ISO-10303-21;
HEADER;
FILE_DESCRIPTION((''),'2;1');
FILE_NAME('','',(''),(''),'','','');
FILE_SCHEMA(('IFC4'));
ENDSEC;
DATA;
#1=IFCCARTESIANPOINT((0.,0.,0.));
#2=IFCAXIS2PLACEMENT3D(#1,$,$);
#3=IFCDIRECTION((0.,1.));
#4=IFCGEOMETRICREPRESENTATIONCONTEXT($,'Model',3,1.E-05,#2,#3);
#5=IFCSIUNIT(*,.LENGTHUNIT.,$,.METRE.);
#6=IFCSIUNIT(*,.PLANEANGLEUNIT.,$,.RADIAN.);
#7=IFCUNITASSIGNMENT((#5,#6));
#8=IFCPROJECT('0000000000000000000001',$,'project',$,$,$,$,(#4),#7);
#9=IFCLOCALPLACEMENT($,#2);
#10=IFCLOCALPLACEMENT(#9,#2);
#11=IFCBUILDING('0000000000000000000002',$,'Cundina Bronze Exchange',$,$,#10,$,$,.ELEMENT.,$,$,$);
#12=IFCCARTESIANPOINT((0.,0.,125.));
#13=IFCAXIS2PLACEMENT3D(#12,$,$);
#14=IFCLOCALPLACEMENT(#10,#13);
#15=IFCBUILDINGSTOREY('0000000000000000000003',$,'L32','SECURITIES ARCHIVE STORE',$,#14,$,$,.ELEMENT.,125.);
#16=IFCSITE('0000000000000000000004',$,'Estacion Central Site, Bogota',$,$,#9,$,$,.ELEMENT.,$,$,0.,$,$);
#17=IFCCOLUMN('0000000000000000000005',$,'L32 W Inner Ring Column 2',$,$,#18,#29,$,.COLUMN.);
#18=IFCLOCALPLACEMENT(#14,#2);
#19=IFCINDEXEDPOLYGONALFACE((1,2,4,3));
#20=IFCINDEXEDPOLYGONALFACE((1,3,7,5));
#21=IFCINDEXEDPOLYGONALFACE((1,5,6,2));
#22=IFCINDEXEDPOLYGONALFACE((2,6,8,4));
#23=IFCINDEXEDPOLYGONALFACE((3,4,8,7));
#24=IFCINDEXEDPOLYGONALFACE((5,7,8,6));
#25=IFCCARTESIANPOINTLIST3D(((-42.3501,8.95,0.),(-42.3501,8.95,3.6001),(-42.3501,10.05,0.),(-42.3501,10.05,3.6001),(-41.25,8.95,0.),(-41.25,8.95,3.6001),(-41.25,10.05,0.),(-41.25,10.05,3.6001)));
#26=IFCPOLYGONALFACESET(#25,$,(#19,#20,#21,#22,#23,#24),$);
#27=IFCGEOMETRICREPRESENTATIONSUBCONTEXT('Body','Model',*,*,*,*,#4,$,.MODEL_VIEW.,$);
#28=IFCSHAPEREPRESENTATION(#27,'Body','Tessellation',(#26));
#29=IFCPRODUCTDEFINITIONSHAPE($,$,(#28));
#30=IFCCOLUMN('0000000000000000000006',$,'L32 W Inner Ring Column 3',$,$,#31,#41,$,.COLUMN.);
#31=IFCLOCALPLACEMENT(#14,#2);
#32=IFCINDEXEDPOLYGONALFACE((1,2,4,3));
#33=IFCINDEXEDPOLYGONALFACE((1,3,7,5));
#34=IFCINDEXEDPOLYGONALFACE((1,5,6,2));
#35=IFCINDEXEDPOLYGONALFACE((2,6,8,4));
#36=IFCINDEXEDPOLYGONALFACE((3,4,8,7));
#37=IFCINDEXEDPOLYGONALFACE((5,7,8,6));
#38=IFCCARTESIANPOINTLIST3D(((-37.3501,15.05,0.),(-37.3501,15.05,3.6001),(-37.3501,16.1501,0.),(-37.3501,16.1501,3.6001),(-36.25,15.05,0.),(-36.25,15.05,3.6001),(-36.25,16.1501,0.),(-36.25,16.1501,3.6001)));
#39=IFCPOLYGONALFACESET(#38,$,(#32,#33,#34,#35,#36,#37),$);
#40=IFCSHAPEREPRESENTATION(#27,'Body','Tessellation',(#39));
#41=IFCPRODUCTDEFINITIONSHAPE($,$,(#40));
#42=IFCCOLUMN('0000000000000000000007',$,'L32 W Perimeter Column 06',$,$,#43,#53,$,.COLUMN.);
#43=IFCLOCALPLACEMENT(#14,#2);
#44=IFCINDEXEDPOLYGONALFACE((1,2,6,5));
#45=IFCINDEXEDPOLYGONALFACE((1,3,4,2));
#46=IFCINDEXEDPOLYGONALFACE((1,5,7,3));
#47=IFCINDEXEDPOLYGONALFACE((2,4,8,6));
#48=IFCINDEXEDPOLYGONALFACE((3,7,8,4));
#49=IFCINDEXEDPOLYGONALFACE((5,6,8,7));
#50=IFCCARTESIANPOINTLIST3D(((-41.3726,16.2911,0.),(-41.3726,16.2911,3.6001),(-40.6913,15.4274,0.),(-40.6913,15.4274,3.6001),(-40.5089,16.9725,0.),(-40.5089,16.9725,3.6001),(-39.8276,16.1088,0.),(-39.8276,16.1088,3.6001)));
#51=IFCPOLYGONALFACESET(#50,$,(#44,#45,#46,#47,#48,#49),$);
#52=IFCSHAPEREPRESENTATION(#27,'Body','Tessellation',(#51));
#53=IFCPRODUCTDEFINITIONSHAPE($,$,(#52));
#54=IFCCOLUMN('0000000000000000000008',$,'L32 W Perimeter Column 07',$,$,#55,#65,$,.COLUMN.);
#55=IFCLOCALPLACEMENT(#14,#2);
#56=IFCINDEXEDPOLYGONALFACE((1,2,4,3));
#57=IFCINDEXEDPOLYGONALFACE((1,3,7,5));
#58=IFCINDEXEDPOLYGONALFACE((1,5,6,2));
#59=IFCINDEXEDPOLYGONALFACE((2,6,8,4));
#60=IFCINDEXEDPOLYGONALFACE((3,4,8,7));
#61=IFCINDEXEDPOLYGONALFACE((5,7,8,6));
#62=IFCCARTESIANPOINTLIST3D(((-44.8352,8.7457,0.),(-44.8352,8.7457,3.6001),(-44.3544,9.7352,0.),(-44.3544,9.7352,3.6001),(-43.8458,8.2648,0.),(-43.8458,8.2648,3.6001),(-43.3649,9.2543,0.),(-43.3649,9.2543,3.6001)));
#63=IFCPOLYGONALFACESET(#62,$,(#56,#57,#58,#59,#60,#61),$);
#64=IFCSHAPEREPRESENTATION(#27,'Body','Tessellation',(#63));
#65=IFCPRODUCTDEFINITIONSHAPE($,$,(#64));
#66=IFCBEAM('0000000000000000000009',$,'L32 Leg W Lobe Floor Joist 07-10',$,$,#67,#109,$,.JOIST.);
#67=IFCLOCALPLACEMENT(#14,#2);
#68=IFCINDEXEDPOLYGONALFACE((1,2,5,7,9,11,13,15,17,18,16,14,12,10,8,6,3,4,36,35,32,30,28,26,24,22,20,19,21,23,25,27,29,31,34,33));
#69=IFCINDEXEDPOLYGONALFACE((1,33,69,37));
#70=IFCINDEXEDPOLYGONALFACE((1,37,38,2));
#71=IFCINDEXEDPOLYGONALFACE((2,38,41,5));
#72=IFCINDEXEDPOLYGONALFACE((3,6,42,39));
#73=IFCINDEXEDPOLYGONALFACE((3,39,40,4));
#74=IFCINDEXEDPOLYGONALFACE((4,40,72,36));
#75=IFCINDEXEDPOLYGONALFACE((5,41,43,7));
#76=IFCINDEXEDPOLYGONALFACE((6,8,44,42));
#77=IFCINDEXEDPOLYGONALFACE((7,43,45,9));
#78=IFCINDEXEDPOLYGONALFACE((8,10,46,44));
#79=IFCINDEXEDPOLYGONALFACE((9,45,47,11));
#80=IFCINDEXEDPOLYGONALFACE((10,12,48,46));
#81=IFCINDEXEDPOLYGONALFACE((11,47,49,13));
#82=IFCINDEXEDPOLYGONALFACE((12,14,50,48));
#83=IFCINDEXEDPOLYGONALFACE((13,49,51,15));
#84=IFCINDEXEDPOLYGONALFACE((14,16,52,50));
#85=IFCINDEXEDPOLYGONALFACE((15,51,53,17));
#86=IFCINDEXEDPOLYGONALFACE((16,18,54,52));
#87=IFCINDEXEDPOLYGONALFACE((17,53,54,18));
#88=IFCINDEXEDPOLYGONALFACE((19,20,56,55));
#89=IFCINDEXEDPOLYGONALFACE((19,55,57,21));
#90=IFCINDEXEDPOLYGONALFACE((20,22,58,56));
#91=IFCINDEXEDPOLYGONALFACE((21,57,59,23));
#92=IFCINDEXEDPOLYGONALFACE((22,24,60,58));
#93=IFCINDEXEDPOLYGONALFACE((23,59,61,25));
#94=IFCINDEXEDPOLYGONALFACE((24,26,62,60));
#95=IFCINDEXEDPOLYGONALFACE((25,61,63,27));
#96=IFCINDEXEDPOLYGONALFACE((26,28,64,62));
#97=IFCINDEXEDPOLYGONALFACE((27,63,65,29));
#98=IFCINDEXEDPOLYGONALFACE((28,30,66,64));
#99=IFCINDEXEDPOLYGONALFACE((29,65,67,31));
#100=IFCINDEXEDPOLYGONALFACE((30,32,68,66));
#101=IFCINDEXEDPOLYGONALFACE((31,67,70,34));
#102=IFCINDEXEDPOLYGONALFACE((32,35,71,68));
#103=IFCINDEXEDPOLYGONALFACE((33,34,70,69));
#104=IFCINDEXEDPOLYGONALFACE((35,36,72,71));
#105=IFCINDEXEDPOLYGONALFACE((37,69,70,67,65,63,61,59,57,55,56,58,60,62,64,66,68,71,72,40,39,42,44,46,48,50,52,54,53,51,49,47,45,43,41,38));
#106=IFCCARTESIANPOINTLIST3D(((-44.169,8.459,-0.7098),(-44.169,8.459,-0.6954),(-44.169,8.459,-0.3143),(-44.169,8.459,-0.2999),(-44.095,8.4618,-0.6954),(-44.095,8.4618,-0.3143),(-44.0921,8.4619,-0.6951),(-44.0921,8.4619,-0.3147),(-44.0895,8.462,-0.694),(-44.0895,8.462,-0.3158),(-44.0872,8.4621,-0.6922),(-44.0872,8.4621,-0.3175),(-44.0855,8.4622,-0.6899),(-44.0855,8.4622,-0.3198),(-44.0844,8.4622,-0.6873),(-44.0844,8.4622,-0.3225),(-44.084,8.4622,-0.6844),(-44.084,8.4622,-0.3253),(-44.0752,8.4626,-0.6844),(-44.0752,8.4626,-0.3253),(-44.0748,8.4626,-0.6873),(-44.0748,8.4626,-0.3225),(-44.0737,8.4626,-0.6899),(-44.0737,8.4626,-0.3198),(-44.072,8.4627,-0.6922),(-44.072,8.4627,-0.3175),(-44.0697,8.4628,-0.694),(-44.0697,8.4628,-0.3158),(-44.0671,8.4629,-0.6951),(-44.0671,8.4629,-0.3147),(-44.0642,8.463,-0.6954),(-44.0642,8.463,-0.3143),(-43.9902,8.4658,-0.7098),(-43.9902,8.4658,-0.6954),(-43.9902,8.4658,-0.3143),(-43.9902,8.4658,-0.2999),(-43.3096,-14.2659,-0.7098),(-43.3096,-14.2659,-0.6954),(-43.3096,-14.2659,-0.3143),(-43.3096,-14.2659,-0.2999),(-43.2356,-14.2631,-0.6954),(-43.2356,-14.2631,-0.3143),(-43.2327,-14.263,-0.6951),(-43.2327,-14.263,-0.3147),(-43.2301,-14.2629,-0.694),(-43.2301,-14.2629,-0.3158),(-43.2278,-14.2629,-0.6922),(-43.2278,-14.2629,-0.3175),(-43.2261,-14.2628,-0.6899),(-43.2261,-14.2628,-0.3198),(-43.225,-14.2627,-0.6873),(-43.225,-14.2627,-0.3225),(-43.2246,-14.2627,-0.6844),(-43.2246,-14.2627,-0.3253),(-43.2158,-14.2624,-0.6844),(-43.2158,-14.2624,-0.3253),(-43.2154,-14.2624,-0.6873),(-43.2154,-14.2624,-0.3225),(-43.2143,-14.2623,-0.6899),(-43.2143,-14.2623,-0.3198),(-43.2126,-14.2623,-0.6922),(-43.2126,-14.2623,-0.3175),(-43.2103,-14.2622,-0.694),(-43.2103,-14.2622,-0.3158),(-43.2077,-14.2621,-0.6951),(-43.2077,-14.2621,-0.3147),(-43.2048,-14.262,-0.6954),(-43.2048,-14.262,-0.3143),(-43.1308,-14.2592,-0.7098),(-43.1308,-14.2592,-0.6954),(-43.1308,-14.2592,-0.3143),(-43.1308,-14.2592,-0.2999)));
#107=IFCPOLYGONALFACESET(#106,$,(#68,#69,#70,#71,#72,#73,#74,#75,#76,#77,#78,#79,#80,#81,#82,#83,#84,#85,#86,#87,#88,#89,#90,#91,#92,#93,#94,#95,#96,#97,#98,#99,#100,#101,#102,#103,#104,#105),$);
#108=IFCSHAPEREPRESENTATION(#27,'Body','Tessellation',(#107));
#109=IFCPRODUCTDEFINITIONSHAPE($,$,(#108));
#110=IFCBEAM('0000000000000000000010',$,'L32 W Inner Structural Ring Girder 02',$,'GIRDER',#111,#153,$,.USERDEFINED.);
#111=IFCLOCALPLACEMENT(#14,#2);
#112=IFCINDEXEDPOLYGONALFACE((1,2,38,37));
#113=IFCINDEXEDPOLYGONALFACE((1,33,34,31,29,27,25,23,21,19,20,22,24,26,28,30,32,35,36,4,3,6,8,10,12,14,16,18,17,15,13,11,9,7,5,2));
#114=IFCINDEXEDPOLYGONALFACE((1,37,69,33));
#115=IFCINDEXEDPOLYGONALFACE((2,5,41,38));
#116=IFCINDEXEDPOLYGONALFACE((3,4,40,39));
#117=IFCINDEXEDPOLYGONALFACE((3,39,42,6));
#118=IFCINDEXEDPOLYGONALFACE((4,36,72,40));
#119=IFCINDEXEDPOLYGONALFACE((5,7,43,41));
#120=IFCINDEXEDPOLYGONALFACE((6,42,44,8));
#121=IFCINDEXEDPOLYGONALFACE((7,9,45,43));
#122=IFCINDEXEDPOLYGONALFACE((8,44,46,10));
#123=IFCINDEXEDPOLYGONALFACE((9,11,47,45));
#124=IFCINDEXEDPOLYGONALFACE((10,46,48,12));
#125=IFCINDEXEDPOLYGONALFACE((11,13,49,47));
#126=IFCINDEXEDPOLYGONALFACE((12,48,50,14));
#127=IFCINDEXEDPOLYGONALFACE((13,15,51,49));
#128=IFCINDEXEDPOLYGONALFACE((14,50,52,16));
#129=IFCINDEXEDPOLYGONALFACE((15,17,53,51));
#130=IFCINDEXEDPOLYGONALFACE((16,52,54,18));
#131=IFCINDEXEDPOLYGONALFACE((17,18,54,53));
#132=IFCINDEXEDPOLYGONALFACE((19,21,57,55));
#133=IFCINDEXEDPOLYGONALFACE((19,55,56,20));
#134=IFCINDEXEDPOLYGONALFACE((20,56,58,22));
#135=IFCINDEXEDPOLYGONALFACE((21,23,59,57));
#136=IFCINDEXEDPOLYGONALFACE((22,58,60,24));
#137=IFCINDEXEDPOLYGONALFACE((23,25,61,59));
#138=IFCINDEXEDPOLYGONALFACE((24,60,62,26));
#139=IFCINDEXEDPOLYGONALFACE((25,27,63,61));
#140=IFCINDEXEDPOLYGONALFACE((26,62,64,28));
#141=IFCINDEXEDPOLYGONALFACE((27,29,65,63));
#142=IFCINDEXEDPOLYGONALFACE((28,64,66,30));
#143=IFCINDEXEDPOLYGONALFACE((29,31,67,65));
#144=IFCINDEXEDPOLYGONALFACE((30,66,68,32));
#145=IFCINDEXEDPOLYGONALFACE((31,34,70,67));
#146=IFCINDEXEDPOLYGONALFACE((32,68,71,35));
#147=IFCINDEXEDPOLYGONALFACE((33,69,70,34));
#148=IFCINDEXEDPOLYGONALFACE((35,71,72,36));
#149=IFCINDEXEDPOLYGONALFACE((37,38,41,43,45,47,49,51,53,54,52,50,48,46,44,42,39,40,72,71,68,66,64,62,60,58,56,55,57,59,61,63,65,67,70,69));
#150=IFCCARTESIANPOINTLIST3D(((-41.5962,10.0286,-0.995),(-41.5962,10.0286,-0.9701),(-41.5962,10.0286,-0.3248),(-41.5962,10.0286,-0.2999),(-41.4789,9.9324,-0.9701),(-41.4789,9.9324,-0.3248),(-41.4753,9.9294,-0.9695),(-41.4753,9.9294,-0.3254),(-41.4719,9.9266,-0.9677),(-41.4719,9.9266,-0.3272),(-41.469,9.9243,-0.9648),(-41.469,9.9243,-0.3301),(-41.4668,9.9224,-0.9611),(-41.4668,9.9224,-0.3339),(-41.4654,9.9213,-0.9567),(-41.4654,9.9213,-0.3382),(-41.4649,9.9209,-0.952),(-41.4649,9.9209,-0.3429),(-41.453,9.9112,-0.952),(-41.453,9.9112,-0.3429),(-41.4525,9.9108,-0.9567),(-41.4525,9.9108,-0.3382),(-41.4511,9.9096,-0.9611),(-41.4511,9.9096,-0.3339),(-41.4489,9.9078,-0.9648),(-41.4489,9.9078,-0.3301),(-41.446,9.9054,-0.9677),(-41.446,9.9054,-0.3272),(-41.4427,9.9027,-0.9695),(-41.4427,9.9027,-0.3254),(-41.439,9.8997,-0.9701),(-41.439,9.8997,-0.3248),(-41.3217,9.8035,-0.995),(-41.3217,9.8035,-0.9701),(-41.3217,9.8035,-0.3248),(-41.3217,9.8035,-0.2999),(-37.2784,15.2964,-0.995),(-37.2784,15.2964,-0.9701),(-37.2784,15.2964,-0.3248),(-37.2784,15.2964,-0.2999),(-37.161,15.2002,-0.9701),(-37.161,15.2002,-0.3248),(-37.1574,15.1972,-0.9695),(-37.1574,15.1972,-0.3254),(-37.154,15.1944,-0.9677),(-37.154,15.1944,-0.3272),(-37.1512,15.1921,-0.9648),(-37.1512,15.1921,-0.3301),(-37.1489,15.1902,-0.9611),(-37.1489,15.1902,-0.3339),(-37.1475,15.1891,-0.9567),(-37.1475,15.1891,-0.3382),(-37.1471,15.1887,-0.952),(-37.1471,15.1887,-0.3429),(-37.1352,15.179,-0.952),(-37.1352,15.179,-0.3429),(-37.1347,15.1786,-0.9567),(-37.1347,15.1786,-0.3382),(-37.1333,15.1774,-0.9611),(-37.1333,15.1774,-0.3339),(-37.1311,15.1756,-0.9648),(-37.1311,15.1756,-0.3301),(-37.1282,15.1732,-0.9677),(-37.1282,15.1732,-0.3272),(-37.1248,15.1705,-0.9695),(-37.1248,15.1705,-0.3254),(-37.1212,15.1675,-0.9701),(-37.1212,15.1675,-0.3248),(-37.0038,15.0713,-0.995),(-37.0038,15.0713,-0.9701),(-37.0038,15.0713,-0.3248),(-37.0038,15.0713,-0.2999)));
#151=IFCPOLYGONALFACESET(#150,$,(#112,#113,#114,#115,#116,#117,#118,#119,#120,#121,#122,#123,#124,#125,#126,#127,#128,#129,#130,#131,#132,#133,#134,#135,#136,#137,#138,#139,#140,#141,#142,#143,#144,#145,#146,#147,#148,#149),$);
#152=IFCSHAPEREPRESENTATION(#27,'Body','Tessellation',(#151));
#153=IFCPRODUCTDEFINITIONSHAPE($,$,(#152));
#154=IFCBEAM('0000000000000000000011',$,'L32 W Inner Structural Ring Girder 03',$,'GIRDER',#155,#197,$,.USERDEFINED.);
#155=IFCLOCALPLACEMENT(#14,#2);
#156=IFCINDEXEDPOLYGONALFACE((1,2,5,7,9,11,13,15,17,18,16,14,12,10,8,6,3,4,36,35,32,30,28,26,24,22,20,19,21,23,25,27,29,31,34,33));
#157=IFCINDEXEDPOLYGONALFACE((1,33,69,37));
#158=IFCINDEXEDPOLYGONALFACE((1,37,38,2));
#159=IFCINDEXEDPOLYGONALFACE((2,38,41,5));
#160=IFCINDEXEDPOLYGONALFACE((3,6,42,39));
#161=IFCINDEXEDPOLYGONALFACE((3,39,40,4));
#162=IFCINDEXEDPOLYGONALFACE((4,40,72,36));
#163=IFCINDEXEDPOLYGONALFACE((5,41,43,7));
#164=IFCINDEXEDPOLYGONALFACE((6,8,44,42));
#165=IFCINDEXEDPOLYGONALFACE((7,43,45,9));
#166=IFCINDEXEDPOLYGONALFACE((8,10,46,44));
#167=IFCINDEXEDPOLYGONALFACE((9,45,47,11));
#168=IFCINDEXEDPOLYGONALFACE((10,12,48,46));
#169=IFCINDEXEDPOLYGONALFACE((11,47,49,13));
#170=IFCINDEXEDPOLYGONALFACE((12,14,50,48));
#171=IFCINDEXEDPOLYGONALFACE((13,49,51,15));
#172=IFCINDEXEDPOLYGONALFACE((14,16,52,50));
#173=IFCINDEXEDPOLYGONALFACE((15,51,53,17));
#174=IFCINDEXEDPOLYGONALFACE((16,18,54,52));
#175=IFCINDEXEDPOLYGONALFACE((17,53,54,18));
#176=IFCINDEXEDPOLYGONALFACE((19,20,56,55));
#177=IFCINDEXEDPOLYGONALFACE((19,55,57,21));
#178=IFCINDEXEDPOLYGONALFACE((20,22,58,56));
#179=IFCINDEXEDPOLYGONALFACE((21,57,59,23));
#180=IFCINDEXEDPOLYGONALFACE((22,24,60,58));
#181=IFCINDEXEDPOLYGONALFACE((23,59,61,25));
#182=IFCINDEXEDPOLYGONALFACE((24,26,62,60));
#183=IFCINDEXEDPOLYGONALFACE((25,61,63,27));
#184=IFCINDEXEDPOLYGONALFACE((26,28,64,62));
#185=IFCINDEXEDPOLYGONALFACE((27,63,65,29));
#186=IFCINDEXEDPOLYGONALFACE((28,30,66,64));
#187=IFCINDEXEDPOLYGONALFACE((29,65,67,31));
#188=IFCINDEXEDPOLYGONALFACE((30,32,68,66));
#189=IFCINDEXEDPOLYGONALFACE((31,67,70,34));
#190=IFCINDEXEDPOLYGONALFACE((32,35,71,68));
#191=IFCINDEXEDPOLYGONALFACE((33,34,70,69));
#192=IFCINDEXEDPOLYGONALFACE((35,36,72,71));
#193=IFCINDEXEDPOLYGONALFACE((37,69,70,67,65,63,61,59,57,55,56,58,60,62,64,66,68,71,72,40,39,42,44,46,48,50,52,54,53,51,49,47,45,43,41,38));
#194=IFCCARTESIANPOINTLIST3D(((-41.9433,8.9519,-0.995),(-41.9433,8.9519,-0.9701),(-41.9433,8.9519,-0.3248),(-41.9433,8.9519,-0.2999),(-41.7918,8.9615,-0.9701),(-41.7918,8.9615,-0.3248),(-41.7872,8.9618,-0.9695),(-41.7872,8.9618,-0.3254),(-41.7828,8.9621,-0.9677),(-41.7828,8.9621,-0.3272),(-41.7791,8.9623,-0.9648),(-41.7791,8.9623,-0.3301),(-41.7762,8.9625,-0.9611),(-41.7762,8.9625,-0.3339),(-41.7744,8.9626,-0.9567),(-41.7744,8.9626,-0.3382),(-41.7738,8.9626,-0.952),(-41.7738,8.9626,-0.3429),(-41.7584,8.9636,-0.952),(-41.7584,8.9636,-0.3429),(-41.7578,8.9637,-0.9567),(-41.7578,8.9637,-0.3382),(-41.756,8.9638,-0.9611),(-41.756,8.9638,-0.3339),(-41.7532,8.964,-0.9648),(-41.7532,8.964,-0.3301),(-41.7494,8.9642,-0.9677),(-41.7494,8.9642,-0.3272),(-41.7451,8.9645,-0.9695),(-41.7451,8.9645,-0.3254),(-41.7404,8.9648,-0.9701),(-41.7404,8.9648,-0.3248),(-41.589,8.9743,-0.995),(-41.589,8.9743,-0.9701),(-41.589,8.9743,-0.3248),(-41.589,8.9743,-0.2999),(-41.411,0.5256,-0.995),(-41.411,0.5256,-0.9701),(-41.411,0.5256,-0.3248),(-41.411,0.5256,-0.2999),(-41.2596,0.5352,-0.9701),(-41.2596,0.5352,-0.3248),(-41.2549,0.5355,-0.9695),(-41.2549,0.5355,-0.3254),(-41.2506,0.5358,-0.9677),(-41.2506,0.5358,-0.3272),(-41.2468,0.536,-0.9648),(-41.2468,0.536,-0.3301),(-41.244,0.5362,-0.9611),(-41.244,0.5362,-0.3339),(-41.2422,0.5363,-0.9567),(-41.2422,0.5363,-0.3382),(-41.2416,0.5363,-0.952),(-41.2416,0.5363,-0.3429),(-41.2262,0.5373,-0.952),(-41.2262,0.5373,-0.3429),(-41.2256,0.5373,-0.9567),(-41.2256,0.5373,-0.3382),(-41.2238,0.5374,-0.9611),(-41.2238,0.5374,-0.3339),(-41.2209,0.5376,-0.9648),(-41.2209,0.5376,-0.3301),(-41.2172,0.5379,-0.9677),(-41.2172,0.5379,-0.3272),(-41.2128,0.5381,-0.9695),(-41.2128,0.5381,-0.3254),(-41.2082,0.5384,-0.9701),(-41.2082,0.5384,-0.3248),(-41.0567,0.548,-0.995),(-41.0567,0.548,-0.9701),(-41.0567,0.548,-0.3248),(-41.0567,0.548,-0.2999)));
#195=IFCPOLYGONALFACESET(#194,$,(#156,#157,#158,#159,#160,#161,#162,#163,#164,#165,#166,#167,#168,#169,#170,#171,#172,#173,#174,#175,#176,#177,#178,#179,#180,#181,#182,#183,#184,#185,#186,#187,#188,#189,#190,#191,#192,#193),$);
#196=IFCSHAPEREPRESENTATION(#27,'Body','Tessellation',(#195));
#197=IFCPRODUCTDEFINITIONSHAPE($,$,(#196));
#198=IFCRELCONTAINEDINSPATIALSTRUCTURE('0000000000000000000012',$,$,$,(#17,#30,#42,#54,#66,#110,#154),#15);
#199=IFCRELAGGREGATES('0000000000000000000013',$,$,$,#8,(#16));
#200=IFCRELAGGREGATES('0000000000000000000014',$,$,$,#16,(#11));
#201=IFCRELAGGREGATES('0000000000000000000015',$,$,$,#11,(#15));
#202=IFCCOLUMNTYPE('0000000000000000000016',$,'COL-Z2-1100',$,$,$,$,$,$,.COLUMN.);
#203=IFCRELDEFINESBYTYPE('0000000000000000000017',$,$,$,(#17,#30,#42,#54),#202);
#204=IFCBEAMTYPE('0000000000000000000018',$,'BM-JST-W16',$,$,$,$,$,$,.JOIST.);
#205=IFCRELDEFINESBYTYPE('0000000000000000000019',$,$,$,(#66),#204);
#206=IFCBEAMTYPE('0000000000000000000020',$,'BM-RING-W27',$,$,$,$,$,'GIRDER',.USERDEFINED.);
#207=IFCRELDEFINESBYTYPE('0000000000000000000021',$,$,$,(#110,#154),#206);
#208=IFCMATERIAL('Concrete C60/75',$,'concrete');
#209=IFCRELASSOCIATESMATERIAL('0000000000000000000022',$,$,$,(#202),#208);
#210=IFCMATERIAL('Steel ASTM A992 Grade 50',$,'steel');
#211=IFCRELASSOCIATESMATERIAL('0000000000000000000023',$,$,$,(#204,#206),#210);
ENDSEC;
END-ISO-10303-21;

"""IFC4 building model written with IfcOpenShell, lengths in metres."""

from ifc_helpers import new_model, si_unit, direction, frame, origin, origin_2d, place, context, subcontext, project, spatial, rectangle, i_section, extrude, material, material_profile, profile_set, type_object, element, save


model = new_model("IFC4")

# Units and contexts
model_context = context("Model", 3, precision=1e-05, world=origin(), true_north=direction((0.0, 1.0)))
body_context = subcontext(model_context, "Body", "Model", "MODEL_VIEW")
ifc_project = project(units=[si_unit("LENGTHUNIT", "METRE"), si_unit("PLANEANGLEUNIT", "RADIAN")], contexts=[model_context])

# Site, building, storey
site_placement = place(None, origin())
site = spatial("IfcSite", under=ifc_project, at=site_placement, Name="Estacion Central Site, Bogota", CompositionType="ELEMENT", RefElevation=0.0)
building_placement = place(site_placement, origin())
building = spatial("IfcBuilding", under=site, at=building_placement, Name="Cundina Bronze Exchange", CompositionType="ELEMENT")
storey_placement = place(building_placement, frame((0.0, 0.0, 125.0)))
storey = spatial("IfcBuildingStorey", under=building, at=storey_placement, Name="L32", Description="SECURITIES ARCHIVE STORE", CompositionType="ELEMENT", Elevation=125.0)

# Columns
ifc_material_1 = material(Name="Concrete C60/75", Category="concrete")
ifc_material_profile_1 = material_profile(ifc_material_1, rectangle(XDim=1.1001, YDim=1.1001, at=origin_2d()), Name="RC1100X1100", Category="concrete")
ifc_profile_set_1 = profile_set([ifc_material_profile_1], Name="Concrete C60/75")
column_type = type_object("IfcColumnType", Name="COL-Z2-1100", PredefinedType="COLUMN", material=ifc_profile_set_1)
for number, where, z_axis, x_axis, name in (
    (1, (-41.8, 9.5, 0.0), (0.0, 0.0, 1.0), (1.0, 0.0, 0.0), "L32 W Inner Ring Column 2"),
    (2, (-36.8, 15.6001, 0.0), (0.0, 0.0, 1.0), (1.0, 0.0, 0.0), "L32 W Inner Ring Column 3"),
    (3, (-40.6001, 16.2, 0.0), (0.0, 0.0, 1.0), (-0.785101, -0.619368, 0.0), "L32 W Perimeter Column 06"),
    (4, (-44.1001, 9.0, 0.0), (0.0, 0.0, 1.0), (-0.437116, -0.899405, 0.0), "L32 W Perimeter Column 07"),
):
    element("IfcColumn", number, at=place(storey_placement, frame(where, z_axis=z_axis, x_axis=x_axis)), inside=storey, type_object=column_type, Name=name, PredefinedType="COLUMN", context=body_context, shape_type="SweptSolid", body=[
        extrude(rectangle(XDim=1.1001, YDim=1.1001, at=origin_2d()), origin(), (0.0, 0.0, 1.0), 3.6001),
    ])

# Beams
ifc_material_2 = material(Name="Steel ASTM A992 Grade 50", Category="steel")
ifc_material_profile_2 = material_profile(ifc_material_2, i_section(OverallWidth=0.179, OverallDepth=0.4099, WebThickness=0.0088, FlangeThickness=0.0144, FilletRadius=0.011, at=origin_2d()), Name="W16X45", Category="steel")
ifc_profile_set_2 = profile_set([ifc_material_profile_2], Name="Steel ASTM A992 Grade 50")
beam_type_1 = type_object("IfcBeamType", Name="BM-JST-W16", PredefinedType="JOIST", material=ifc_profile_set_2)
beam_1_placement = place(storey_placement, frame((-44.0796, 8.4624, -0.5049), z_axis=(0.03779, -0.999286, 0.0), x_axis=(0.999286, 0.03779, 0.0)))
element("IfcBeam", 5, at=beam_1_placement, inside=storey, type_object=beam_type_1, Name="L32 Leg W Lobe Floor Joist 07-10", PredefinedType="JOIST", context=body_context, shape_type="SweptSolid", body=[
    extrude(i_section(OverallWidth=0.179, OverallDepth=0.4099, WebThickness=0.0088, FlangeThickness=0.0144, FilletRadius=0.011, at=origin_2d()), origin(), (0.0, 0.0, 1.0), 22.7412),
])
ifc_material_profile_3 = material_profile(ifc_material_2, i_section(OverallWidth=0.355, OverallDepth=0.6951, WebThickness=0.0154, FlangeThickness=0.0249, FilletRadius=0.0181, at=origin_2d()), Name="W27X146", Category="steel")
ifc_profile_set_3 = profile_set([ifc_material_profile_3], Name="Steel ASTM A992 Grade 50")
beam_type_2 = type_object("IfcBeamType", Name="BM-RING-W27", ElementType="GIRDER", PredefinedType="USERDEFINED", material=ifc_profile_set_3)
beam_2_placement = place(storey_placement, frame((-37.1411, 15.1838, -0.6475), z_axis=(-0.633927, -0.773393, 0.0), x_axis=(0.773393, -0.633927, 0.0)))
element("IfcBeam", 6, at=beam_2_placement, inside=storey, type_object=beam_type_2, Name="L32 W Inner Structural Ring Girder 02", ObjectType="GIRDER", PredefinedType="USERDEFINED", context=body_context, shape_type="SweptSolid", body=[
    extrude(i_section(OverallWidth=0.355, OverallDepth=0.6951, WebThickness=0.0154, FlangeThickness=0.0249, FilletRadius=0.0181, at=origin_2d()), origin(), (0.0, 0.0, 1.0), 6.8113),
])
beam_3_placement = place(storey_placement, frame((-41.7661, 8.9631, -0.6475), z_axis=(0.063037, -0.998011, 0.0), x_axis=(0.998011, 0.063037, 0.0)))
element("IfcBeam", 7, at=beam_3_placement, inside=storey, type_object=beam_type_2, Name="L32 W Inner Structural Ring Girder 03", ObjectType="GIRDER", PredefinedType="USERDEFINED", context=body_context, shape_type="SweptSolid", body=[
    extrude(i_section(OverallWidth=0.355, OverallDepth=0.6951, WebThickness=0.0154, FlangeThickness=0.0249, FilletRadius=0.0181, at=origin_2d()), origin(), (0.0, 0.0, 1.0), 8.4431),
])

save(model, "model.ifc")
